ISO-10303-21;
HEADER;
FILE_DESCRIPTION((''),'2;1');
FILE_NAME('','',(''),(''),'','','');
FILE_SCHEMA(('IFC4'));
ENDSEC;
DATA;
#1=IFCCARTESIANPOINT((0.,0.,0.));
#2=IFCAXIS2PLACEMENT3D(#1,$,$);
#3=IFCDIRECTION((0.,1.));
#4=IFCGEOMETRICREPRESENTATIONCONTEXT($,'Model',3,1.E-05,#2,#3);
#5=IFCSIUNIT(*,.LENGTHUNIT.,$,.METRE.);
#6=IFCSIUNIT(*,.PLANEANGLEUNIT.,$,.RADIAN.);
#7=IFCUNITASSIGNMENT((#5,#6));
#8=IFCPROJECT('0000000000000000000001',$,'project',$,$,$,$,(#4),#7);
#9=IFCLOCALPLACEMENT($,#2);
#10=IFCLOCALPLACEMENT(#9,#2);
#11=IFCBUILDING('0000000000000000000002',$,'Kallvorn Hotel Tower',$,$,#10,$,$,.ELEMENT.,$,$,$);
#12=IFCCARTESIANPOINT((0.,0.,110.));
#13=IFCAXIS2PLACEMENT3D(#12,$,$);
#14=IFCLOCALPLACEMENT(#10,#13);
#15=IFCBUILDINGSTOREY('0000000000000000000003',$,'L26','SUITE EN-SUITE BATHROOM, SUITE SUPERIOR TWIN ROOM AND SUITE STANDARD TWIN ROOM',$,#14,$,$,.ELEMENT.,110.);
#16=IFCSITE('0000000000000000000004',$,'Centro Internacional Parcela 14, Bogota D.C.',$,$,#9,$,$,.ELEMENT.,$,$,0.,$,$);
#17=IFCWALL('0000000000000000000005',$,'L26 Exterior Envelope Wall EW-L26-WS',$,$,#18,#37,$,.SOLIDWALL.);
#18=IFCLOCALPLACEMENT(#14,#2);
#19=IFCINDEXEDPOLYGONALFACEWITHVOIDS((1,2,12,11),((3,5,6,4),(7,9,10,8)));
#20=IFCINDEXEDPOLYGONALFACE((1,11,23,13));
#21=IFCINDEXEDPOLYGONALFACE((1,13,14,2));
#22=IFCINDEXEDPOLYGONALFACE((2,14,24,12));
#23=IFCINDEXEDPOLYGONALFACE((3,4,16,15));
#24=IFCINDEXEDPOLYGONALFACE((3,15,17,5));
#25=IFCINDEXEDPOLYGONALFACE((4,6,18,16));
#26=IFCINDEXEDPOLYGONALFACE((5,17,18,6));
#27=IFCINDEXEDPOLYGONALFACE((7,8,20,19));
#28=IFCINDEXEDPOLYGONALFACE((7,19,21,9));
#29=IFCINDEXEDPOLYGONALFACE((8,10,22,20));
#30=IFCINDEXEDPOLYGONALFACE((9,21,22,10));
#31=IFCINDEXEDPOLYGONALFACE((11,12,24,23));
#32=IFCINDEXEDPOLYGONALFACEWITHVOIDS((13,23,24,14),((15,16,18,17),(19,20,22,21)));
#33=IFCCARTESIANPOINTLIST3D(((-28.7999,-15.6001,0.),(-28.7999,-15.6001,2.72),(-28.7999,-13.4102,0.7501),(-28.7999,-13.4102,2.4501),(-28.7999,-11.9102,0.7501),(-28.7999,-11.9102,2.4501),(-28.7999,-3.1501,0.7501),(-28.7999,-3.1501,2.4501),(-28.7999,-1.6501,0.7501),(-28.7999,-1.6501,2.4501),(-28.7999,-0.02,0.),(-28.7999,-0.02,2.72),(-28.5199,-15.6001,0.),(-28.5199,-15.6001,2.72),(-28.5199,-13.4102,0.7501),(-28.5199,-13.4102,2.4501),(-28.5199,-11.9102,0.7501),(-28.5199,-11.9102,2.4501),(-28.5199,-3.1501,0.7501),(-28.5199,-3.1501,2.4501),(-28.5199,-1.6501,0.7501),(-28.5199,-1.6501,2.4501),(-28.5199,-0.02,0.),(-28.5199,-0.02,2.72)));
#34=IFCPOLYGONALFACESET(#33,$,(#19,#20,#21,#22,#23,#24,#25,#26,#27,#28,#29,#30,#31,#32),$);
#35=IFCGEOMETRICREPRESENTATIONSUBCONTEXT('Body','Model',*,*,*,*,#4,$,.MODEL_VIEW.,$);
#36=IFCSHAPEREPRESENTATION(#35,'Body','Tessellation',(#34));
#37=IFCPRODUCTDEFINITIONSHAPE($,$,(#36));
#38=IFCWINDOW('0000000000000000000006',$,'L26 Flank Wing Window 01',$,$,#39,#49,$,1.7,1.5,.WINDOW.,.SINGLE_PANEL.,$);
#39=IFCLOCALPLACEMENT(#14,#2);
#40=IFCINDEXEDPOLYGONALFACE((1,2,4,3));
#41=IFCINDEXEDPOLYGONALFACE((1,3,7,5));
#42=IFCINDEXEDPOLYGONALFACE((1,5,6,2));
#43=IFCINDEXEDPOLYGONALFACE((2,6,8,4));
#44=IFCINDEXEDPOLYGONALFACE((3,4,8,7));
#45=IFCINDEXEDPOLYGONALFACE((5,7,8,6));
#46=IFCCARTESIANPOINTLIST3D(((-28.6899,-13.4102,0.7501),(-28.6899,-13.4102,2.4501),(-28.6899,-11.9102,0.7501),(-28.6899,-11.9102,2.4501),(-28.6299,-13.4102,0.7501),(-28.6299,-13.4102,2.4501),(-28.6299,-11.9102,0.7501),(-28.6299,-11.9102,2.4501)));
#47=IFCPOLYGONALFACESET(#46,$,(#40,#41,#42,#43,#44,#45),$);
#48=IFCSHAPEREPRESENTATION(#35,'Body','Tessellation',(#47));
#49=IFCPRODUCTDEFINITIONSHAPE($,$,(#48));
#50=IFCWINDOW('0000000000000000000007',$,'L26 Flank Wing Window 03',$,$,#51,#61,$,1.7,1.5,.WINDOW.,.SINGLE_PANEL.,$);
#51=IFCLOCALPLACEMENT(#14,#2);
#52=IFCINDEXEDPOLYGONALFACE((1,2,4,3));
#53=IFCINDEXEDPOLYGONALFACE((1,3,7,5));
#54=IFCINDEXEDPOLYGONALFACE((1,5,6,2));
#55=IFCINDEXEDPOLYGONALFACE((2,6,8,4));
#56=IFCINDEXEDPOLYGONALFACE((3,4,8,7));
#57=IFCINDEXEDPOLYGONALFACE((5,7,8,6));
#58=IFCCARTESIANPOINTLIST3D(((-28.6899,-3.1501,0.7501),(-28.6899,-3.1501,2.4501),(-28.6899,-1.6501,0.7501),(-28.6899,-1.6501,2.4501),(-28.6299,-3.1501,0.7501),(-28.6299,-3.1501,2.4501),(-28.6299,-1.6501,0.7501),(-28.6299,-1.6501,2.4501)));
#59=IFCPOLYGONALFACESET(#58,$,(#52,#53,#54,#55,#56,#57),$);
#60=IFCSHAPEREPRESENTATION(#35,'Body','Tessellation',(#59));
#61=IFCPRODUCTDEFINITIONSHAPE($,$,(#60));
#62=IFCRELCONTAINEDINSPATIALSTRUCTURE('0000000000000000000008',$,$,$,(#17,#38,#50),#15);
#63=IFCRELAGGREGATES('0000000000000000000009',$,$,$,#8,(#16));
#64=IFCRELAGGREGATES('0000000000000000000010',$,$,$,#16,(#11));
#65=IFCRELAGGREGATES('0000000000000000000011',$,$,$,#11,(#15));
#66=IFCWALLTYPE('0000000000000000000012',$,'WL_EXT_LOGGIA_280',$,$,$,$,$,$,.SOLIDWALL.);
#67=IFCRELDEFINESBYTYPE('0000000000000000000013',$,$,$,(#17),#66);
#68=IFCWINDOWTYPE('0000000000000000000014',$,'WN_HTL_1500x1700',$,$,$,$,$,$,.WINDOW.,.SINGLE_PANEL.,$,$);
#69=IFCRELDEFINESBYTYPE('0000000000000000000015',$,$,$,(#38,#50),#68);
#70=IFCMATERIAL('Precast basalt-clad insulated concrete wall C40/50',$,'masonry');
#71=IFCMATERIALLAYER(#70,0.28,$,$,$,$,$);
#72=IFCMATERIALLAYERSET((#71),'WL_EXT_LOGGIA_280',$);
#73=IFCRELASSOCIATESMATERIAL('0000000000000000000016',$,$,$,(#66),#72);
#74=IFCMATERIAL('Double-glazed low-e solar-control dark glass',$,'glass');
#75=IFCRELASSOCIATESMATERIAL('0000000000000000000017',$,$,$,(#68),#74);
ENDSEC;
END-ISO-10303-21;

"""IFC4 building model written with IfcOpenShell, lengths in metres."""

from ifc_helpers import new_model, si_unit, direction, frame, frame_2d, origin, place, context, subcontext, project, spatial, rectangle, extrude, material, layer, layer_set, type_object, element, fill, save


model = new_model("IFC4")

# Units and contexts
model_context = context("Model", 3, precision=1e-05, world=origin(), true_north=direction((0.0, 1.0)))
body_context = subcontext(model_context, "Body", "Model", "MODEL_VIEW")
ifc_project = project(units=[si_unit("LENGTHUNIT", "METRE"), si_unit("PLANEANGLEUNIT", "RADIAN")], contexts=[model_context])

# Site, building, storey
site_placement = place(None, origin())
site = spatial("IfcSite", under=ifc_project, at=site_placement, Name="Centro Internacional Parcela 14, Bogota D.C.", CompositionType="ELEMENT", RefElevation=0.0)
building_placement = place(site_placement, origin())
building = spatial("IfcBuilding", under=site, at=building_placement, Name="Kallvorn Hotel Tower", CompositionType="ELEMENT")
storey_placement = place(building_placement, frame((0.0, 0.0, 110.0)))
storey = spatial("IfcBuildingStorey", under=building, at=storey_placement, Name="L26", Description="SUITE EN-SUITE BATHROOM, SUITE SUPERIOR TWIN ROOM AND SUITE STANDARD TWIN ROOM", CompositionType="ELEMENT", Elevation=110.0)

# Shared definitions
ifc_material_1 = material(Name="Precast basalt-clad insulated concrete wall C40/50", Category="masonry")
ifc_layer = layer(ifc_material_1, 0.28)
ifc_layer_set = layer_set([ifc_layer], Name="WL_EXT_LOGGIA_280")
wall_type = type_object("IfcWallType", Name="WL_EXT_LOGGIA_280", PredefinedType="SOLIDWALL", material=ifc_layer_set)

# Wall, openings, windows
wall_1_placement = place(storey_placement, frame((-28.6599, -15.6001, 0.0), z_axis=(0.0, 0.0, 1.0), x_axis=(0.0, 1.0, 0.0)))
wall_1 = element("IfcWall", 1, at=wall_1_placement, inside=storey, type_object=wall_type, Name="L26 Exterior Envelope Wall EW-L26-WS", PredefinedType="SOLIDWALL", context=body_context, shape_type="SweptSolid", body=[
    extrude(rectangle(XDim=15.5801, YDim=0.28, at=frame_2d((7.79, 0.0))), origin(), (0.0, 0.0, 1.0), 2.72),
])
opening_1_placement = place(wall_1_placement, frame((2.1899, 0.0, 0.75)))
opening_1 = element("IfcOpeningElement", 2, at=opening_1_placement, cuts=wall_1, PredefinedType="OPENING", context=body_context, shape_type="SweptSolid", body=[
    extrude(rectangle(XDim=1.5, YDim=1.7, at=frame_2d((0.75, 0.8501))), frame((0.0, 0.155, 0.0), z_axis=(0.0, -1.0, 0.0), x_axis=(1.0, 0.0, 0.0)), (0.0, 0.0, 1.0), 0.3101),
])
opening_2_placement = place(wall_1_placement, frame((12.45, 0.0, 0.75)))
opening_2 = element("IfcOpeningElement", 3, at=opening_2_placement, cuts=wall_1, PredefinedType="OPENING", context=body_context, shape_type="SweptSolid", body=[
    extrude(rectangle(XDim=1.5, YDim=1.7, at=frame_2d((0.75, 0.8501))), frame((0.0, 0.155, 0.0), z_axis=(0.0, -1.0, 0.0), x_axis=(1.0, 0.0, 0.0)), (0.0, 0.0, 1.0), 0.3101),
])
ifc_material_2 = material(Name="Double-glazed low-e solar-control dark glass", Category="glass")
window_type_1 = type_object("IfcWindowType", Name="WN_HTL_1500x1700", PartitioningType="SINGLE_PANEL", PredefinedType="WINDOW", material=ifc_material_2)
window_1_placement = place(opening_1_placement, origin())
window_1 = element("IfcWindow", 4, at=window_1_placement, inside=storey, type_object=window_type_1, Name="L26 Flank Wing Window 01", OverallHeight=1.7, OverallWidth=1.5, PartitioningType="SINGLE_PANEL", PredefinedType="WINDOW", context=body_context, shape_type="SweptSolid", body=[
    extrude(rectangle(XDim=1.5, YDim=1.7, at=frame_2d((0.75, 0.8501))), frame((0.0, 0.03, 0.0), z_axis=(0.0, -1.0, 0.0), x_axis=(1.0, 0.0, 0.0)), (0.0, 0.0, 1.0), 0.0601),
])
fill(opening_1, window_1)
window_2_placement = place(opening_2_placement, origin())
window_2 = element("IfcWindow", 5, at=window_2_placement, inside=storey, type_object=window_type_1, Name="L26 Flank Wing Window 03", OverallHeight=1.7, OverallWidth=1.5, PartitioningType="SINGLE_PANEL", PredefinedType="WINDOW", context=body_context, shape_type="SweptSolid", body=[
    extrude(rectangle(XDim=1.5, YDim=1.7, at=frame_2d((0.75, 0.8501))), frame((0.0, 0.03, 0.0), z_axis=(0.0, -1.0, 0.0), x_axis=(1.0, 0.0, 0.0)), (0.0, 0.0, 1.0), 0.0601),
])
fill(opening_2, window_2)

save(model, "model.ifc")
